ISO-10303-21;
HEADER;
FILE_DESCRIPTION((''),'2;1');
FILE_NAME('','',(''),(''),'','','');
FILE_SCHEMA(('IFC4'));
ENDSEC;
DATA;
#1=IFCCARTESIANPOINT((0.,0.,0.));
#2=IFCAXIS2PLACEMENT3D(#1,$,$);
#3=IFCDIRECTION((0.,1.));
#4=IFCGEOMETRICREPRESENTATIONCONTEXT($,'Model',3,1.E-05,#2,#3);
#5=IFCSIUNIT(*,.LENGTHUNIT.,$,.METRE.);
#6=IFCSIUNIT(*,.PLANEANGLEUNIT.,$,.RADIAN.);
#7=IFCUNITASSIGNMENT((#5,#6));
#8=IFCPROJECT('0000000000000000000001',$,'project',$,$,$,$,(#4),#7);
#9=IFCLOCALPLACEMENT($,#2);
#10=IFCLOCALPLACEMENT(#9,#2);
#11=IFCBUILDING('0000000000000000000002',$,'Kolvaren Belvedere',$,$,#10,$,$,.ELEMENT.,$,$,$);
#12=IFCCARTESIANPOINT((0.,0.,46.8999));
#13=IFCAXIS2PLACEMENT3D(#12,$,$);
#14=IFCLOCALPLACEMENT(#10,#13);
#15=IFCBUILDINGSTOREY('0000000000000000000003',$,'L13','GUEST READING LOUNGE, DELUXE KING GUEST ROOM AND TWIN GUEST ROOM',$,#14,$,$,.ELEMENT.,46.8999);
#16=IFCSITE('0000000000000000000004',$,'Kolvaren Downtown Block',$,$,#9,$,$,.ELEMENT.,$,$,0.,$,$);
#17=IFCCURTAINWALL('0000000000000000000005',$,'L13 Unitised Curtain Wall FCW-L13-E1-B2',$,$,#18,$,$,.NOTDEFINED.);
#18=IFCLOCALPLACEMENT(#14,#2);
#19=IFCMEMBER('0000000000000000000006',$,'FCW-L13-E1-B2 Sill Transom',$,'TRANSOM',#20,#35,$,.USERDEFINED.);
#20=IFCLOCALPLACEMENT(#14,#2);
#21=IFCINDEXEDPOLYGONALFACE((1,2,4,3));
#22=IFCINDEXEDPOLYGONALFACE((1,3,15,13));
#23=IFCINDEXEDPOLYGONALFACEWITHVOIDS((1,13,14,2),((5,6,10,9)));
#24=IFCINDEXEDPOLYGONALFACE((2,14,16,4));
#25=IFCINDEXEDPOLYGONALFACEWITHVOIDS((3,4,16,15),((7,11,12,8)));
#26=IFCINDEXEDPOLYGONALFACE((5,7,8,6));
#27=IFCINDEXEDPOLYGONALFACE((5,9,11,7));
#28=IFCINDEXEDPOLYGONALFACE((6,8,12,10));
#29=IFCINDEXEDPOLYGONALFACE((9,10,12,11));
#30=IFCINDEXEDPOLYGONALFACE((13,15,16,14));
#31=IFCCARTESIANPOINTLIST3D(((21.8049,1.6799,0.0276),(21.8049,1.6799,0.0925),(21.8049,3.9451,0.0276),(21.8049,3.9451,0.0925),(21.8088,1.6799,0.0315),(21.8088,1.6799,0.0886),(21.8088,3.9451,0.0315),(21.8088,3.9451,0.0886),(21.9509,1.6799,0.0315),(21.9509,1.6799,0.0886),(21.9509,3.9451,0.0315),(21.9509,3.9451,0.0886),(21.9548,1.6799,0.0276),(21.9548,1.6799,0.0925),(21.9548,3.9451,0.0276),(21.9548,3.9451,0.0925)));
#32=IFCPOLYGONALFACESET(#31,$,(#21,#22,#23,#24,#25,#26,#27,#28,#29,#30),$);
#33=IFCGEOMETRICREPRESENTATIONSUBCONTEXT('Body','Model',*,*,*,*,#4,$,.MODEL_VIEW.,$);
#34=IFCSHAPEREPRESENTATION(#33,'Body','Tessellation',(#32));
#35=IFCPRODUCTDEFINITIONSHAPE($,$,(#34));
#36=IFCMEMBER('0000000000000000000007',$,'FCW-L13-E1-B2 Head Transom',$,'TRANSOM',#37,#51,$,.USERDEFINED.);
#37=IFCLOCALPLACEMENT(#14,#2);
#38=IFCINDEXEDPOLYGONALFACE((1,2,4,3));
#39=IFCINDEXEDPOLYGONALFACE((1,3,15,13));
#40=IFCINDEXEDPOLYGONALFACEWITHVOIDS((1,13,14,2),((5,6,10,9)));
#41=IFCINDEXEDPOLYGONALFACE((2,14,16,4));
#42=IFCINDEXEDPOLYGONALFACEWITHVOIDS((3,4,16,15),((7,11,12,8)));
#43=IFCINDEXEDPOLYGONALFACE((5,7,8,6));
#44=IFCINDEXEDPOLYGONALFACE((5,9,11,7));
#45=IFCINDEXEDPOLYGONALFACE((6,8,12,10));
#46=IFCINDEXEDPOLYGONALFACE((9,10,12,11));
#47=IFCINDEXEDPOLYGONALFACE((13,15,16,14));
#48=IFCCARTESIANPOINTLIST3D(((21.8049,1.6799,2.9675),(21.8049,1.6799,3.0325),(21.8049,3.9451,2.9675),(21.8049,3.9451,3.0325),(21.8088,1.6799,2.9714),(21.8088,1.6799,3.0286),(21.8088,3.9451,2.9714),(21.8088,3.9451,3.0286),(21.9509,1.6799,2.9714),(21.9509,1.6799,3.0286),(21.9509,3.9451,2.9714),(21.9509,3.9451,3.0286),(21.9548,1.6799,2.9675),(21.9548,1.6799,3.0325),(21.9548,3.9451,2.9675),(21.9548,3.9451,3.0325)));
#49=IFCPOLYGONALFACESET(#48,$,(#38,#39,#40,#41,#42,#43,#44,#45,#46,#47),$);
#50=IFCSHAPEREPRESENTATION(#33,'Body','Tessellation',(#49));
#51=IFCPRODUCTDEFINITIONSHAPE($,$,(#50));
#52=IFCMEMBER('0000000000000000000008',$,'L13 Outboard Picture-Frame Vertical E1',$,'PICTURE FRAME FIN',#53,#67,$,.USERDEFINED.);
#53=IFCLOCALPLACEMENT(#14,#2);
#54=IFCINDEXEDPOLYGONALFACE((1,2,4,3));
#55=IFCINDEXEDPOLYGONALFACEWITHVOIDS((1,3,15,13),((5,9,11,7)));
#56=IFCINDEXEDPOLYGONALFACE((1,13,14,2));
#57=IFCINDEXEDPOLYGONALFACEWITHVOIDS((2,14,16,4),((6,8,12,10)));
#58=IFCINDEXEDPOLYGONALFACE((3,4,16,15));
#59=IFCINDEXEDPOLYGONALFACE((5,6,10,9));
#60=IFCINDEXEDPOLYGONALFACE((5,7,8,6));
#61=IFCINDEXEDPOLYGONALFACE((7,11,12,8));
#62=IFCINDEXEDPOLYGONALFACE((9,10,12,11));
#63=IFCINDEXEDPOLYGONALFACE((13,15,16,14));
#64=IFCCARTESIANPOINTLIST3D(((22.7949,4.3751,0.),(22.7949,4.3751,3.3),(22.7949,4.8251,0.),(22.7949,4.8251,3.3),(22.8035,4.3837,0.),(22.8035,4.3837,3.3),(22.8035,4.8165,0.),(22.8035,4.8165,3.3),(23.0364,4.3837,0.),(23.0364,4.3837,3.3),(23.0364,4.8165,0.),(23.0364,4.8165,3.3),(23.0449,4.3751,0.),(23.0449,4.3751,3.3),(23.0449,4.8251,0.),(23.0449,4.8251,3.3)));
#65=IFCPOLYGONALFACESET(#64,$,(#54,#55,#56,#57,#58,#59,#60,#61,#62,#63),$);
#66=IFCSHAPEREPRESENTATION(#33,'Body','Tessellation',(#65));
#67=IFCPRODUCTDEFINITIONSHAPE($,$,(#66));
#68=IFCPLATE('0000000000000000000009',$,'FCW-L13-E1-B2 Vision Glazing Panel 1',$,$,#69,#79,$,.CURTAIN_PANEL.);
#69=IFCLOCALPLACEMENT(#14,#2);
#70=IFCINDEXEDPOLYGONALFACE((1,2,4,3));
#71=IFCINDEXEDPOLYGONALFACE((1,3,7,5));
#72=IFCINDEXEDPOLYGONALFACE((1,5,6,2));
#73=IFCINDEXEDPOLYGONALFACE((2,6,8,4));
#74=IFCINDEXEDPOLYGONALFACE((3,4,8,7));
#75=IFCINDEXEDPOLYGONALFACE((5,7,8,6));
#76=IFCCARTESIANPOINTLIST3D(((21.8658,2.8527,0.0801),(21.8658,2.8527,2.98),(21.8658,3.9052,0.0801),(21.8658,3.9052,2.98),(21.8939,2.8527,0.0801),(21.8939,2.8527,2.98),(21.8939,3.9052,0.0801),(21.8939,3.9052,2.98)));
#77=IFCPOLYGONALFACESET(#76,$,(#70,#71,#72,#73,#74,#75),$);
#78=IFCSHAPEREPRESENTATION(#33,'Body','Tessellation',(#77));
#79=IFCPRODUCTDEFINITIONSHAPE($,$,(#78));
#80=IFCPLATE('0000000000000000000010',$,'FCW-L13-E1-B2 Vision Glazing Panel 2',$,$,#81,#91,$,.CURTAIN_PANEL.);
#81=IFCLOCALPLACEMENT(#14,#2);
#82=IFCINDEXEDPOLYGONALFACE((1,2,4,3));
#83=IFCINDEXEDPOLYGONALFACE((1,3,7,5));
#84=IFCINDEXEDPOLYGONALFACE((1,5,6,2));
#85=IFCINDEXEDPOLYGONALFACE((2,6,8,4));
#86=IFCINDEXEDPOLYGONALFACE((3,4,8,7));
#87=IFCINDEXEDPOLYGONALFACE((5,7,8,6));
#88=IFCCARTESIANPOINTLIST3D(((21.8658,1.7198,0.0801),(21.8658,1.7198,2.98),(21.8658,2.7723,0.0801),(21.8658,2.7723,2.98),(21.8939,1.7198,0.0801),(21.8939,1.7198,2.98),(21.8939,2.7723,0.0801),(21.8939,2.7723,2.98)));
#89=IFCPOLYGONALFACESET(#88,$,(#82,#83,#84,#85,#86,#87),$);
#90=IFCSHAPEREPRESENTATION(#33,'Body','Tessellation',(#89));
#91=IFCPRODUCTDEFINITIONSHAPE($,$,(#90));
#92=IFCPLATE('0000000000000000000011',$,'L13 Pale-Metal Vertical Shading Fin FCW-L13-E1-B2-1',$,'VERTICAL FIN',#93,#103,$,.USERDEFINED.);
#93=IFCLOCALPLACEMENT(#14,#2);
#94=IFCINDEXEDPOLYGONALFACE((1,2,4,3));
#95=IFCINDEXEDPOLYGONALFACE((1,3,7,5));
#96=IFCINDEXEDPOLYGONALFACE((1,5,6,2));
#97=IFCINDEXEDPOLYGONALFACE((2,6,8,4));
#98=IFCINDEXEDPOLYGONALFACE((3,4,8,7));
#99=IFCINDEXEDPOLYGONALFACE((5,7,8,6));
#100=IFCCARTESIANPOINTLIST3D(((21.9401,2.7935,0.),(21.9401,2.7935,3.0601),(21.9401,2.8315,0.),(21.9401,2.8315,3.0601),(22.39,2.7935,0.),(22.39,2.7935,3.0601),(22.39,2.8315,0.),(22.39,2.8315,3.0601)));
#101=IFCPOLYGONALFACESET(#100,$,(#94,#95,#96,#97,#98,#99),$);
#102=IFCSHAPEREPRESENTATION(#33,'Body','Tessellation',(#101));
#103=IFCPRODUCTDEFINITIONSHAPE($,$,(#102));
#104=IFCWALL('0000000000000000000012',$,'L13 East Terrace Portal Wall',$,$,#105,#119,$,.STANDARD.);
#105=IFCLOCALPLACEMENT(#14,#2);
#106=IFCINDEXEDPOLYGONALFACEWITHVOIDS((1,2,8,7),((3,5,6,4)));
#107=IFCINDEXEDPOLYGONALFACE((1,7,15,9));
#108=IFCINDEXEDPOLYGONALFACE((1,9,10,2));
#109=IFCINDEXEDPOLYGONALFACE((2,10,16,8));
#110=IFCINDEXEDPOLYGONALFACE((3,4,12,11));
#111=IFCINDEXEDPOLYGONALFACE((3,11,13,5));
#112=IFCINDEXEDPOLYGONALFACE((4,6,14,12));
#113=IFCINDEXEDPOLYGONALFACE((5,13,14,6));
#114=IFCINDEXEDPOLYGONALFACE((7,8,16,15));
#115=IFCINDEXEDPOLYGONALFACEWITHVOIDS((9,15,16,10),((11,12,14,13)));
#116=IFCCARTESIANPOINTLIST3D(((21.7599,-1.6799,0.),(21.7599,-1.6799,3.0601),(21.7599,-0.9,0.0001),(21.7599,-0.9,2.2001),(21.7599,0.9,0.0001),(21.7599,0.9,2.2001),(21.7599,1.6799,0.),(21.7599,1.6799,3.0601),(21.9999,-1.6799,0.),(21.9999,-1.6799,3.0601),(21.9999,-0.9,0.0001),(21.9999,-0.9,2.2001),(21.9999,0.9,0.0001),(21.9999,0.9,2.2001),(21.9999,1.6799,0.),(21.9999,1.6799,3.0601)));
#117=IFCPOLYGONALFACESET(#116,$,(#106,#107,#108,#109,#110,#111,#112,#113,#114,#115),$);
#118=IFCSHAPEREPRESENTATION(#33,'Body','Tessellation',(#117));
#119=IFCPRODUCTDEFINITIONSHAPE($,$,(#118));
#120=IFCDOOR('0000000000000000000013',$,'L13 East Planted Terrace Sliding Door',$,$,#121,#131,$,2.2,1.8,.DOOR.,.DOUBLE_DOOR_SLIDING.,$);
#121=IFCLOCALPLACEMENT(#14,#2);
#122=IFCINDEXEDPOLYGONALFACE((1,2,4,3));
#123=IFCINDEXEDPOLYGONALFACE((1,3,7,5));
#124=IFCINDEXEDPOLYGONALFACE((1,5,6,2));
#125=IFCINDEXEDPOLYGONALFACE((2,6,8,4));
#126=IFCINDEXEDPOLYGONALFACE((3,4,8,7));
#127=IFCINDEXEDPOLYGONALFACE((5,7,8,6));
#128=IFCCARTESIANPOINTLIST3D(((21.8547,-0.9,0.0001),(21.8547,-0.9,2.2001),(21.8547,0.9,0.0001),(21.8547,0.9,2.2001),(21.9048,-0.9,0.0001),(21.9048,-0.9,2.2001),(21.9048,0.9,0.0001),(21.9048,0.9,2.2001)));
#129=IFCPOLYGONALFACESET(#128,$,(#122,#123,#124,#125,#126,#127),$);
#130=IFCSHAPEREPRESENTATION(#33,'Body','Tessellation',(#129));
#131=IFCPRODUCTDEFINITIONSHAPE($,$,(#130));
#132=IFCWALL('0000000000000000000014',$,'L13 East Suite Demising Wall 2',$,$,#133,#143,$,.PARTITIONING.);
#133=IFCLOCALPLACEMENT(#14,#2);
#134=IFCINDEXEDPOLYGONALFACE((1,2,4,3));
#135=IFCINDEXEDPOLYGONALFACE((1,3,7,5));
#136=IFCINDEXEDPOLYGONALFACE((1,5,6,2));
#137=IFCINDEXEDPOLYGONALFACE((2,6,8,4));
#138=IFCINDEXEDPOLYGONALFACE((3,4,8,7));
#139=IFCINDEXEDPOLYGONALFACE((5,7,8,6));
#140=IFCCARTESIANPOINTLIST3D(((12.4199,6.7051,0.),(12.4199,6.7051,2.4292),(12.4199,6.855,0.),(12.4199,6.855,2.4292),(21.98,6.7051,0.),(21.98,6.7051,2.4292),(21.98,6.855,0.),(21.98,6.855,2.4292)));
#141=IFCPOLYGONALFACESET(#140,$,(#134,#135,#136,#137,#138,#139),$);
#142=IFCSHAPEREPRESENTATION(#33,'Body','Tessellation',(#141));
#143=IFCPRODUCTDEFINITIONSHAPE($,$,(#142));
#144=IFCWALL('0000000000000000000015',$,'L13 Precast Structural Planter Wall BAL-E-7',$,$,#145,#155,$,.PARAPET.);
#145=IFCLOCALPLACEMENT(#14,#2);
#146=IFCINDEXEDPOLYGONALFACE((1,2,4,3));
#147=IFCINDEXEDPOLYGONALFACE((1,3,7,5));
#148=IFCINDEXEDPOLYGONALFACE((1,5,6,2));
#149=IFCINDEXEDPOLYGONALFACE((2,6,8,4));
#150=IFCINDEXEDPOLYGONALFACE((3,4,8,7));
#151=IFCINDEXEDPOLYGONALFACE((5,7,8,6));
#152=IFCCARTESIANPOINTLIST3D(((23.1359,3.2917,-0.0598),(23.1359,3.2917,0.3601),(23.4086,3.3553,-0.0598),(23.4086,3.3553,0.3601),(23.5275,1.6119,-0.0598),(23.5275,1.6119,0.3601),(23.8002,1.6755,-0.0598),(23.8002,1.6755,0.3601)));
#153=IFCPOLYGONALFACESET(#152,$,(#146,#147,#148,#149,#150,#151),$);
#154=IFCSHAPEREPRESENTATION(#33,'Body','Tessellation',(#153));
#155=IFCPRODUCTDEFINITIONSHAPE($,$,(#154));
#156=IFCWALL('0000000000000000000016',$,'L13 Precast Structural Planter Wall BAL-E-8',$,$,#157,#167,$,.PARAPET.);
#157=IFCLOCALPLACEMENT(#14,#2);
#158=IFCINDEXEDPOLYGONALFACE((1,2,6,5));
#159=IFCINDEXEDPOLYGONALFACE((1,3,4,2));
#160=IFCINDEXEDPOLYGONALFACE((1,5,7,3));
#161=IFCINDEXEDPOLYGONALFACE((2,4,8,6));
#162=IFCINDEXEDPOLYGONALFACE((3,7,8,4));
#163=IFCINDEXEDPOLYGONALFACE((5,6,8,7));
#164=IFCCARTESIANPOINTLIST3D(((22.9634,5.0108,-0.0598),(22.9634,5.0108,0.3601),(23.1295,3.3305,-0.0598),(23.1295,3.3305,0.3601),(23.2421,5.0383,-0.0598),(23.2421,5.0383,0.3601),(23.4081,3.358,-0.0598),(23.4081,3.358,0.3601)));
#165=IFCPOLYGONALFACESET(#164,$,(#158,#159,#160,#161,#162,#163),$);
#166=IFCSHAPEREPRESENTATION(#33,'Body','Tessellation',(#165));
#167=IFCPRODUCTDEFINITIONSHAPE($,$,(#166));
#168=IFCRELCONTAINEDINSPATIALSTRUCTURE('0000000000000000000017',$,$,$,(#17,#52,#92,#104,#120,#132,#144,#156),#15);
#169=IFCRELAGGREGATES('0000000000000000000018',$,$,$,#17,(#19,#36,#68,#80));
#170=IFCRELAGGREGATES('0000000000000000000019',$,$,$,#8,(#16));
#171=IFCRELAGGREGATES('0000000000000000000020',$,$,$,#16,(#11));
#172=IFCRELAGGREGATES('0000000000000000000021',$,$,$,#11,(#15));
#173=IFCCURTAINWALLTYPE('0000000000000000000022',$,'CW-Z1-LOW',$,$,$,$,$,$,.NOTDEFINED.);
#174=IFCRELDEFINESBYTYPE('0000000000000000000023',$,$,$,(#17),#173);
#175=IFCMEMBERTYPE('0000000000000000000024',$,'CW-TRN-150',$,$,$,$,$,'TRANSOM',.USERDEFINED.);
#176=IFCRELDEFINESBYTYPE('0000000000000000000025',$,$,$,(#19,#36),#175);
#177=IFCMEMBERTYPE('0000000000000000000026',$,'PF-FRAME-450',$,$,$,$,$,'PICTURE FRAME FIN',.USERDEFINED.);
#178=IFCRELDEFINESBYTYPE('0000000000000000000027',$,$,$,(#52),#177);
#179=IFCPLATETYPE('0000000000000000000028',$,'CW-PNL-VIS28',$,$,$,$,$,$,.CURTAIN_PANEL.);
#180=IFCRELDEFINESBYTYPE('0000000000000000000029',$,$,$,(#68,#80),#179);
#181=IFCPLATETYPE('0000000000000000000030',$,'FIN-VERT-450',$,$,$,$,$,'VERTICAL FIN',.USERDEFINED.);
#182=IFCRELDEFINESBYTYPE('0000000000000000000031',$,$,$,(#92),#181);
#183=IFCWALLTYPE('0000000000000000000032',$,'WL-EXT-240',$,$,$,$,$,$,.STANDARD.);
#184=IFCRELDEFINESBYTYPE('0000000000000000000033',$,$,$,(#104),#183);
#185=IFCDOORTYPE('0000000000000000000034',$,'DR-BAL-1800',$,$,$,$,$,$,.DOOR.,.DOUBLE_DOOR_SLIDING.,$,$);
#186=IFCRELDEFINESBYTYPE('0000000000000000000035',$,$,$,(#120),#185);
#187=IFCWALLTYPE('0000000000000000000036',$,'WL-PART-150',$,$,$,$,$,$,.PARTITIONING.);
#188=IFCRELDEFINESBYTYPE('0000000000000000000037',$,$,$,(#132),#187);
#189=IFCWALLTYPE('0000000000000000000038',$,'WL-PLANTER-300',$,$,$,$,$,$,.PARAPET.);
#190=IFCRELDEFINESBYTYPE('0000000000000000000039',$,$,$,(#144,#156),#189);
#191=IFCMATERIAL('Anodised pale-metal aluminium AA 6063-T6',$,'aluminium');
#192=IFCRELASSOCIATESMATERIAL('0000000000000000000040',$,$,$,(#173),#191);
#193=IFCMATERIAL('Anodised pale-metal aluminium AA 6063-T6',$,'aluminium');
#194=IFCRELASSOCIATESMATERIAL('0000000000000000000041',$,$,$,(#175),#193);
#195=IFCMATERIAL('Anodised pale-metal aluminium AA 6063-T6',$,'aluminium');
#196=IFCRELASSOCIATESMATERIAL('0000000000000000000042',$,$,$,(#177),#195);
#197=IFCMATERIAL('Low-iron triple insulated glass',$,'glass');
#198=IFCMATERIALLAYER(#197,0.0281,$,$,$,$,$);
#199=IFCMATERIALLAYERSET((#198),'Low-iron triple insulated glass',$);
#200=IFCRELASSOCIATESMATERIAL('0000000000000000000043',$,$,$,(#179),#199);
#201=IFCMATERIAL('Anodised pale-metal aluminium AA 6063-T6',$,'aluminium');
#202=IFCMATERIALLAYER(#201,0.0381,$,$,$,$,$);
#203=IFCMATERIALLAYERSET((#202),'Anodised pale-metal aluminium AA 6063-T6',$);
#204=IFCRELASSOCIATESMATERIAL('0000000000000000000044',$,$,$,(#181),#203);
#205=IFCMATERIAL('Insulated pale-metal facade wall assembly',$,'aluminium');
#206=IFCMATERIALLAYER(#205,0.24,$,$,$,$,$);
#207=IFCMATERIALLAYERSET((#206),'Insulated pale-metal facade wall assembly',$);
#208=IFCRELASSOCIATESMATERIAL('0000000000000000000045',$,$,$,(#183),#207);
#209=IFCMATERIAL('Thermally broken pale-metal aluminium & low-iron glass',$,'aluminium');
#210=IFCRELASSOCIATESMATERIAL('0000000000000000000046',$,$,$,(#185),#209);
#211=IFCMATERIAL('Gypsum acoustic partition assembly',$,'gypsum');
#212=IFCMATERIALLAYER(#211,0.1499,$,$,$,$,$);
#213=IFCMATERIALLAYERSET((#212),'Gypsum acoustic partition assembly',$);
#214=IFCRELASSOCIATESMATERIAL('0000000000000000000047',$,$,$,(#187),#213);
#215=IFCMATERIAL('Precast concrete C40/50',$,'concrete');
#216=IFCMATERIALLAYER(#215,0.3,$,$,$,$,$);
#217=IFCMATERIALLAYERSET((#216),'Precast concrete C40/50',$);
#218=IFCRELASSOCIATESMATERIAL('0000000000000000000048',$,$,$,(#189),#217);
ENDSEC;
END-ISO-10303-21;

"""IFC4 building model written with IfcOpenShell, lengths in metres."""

from ifc_helpers import new_model, si_unit, direction, frame, frame_2d, origin, origin_2d, place, context, subcontext, project, spatial, rectangle, hollow_rectangle, extrude, material, layer, layer_set, material_profile, profile_set, type_object, element, fill, aggregate, save


model = new_model("IFC4")

# Units and contexts
model_context = context("Model", 3, precision=1e-05, world=origin(), true_north=direction((0.0, 1.0)))
body_context = subcontext(model_context, "Body", "Model", "MODEL_VIEW")
ifc_project = project(units=[si_unit("LENGTHUNIT", "METRE"), si_unit("PLANEANGLEUNIT", "RADIAN")], contexts=[model_context])

# Site, building, storey
site_placement = place(None, origin())
site = spatial("IfcSite", under=ifc_project, at=site_placement, Name="Kolvaren Downtown Block", CompositionType="ELEMENT", RefElevation=0.0)
building_placement = place(site_placement, origin())
building = spatial("IfcBuilding", under=site, at=building_placement, Name="Kolvaren Belvedere", CompositionType="ELEMENT")
storey_placement = place(building_placement, frame((0.0, 0.0, 46.8999)))
storey = spatial("IfcBuildingStorey", under=building, at=storey_placement, Name="L13", Description="GUEST READING LOUNGE, DELUXE KING GUEST ROOM AND TWIN GUEST ROOM", CompositionType="ELEMENT", Elevation=46.8999)

# Shared definitions
ifc_material_1 = material(Name="Anodised pale-metal aluminium AA 6063-T6", Category="aluminium")
curtain_wall_type = type_object("IfcCurtainWallType", Name="CW-Z1-LOW", PredefinedType="NOTDEFINED", material=ifc_material_1)

# Curtain wall, members
curtain_wall_1_placement = place(storey_placement, origin())
curtain_wall_1 = element("IfcCurtainWall", 1, at=curtain_wall_1_placement, inside=storey, type_object=curtain_wall_type, Name="L13 Unitised Curtain Wall FCW-L13-E1-B2", PredefinedType="NOTDEFINED")
ifc_material_2 = material(Name="Anodised pale-metal aluminium AA 6063-T6", Category="aluminium")
ifc_material_profile_1 = material_profile(ifc_material_2, hollow_rectangle(XDim=0.0649, YDim=0.1499, WallThickness=0.0039, at=origin_2d()), Name="ALU-TRN-150X65")
ifc_profile_set_1 = profile_set([ifc_material_profile_1], Name="Anodised pale-metal aluminium AA 6063-T6")
member_type_1 = type_object("IfcMemberType", Name="CW-TRN-150", ElementType="TRANSOM", PredefinedType="USERDEFINED", material=ifc_profile_set_1)
member_1_placement = place(storey_placement, frame((21.8799, 3.9451, 0.0601), z_axis=(0.0, -1.0, 0.0), x_axis=(0.0, 0.0, 1.0)))
member_1 = element("IfcMember", 2, at=member_1_placement, type_object=member_type_1, Name="FCW-L13-E1-B2 Sill Transom", ObjectType="TRANSOM", PredefinedType="USERDEFINED", context=body_context, shape_type="SweptSolid", body=[
    extrude(hollow_rectangle(XDim=0.0649, YDim=0.1499, WallThickness=0.0039, at=origin_2d()), origin(), (0.0, 0.0, 1.0), 2.2651),
])
member_2_placement = place(storey_placement, frame((21.8799, 3.9451, 3.0), z_axis=(0.0, -1.0, 0.0), x_axis=(0.0, 0.0, 1.0)))
member_2 = element("IfcMember", 3, at=member_2_placement, type_object=member_type_1, Name="FCW-L13-E1-B2 Head Transom", ObjectType="TRANSOM", PredefinedType="USERDEFINED", context=body_context, shape_type="SweptSolid", body=[
    extrude(hollow_rectangle(XDim=0.0649, YDim=0.1499, WallThickness=0.0039, at=origin_2d()), origin(), (0.0, 0.0, 1.0), 2.2651),
])

# Member
ifc_material_3 = material(Name="Anodised pale-metal aluminium AA 6063-T6", Category="aluminium")
ifc_material_profile_2 = material_profile(ifc_material_3, hollow_rectangle(XDim=0.25, YDim=0.45, WallThickness=0.0085, at=origin_2d()), Name="ALU-PF-450X250")
ifc_profile_set_2 = profile_set([ifc_material_profile_2], Name="Anodised pale-metal aluminium AA 6063-T6")
member_type_2 = type_object("IfcMemberType", Name="PF-FRAME-450", ElementType="PICTURE FRAME FIN", PredefinedType="USERDEFINED", material=ifc_profile_set_2)
member_3_placement = place(storey_placement, frame((22.9199, 4.6001, 0.0), z_axis=(0.0, 0.0, 1.0), x_axis=(1.0, 0.0, 0.0)))
element("IfcMember", 4, at=member_3_placement, inside=storey, type_object=member_type_2, Name="L13 Outboard Picture-Frame Vertical E1", ObjectType="PICTURE FRAME FIN", PredefinedType="USERDEFINED", context=body_context, shape_type="SweptSolid", body=[
    extrude(hollow_rectangle(XDim=0.25, YDim=0.45, WallThickness=0.0085, at=origin_2d()), origin(), (0.0, 0.0, 1.0), 3.3),
])

# Plates
ifc_material_4 = material(Name="Low-iron triple insulated glass", Category="glass")
ifc_layer_1 = layer(ifc_material_4, 0.0281)
ifc_layer_set_1 = layer_set([ifc_layer_1], Name="Low-iron triple insulated glass")
plate_type_1 = type_object("IfcPlateType", Name="CW-PNL-VIS28", PredefinedType="CURTAIN_PANEL", material=ifc_layer_set_1)
plate_1_placement = place(storey_placement, frame((21.8799, 3.3789, 0.0801), z_axis=(0.0, 0.0, 1.0), x_axis=(0.0, -1.0, 0.0)))
plate_1 = element("IfcPlate", 5, at=plate_1_placement, type_object=plate_type_1, Name="FCW-L13-E1-B2 Vision Glazing Panel 1", PredefinedType="CURTAIN_PANEL", context=body_context, shape_type="SweptSolid", body=[
    extrude(rectangle(XDim=1.0525, YDim=0.0281, at=origin_2d()), origin(), (0.0, 0.0, 1.0), 2.8999),
])
plate_2_placement = place(storey_placement, frame((21.8799, 2.2461, 0.0801), z_axis=(0.0, 0.0, 1.0), x_axis=(0.0, -1.0, 0.0)))
plate_2 = element("IfcPlate", 6, at=plate_2_placement, type_object=plate_type_1, Name="FCW-L13-E1-B2 Vision Glazing Panel 2", PredefinedType="CURTAIN_PANEL", context=body_context, shape_type="SweptSolid", body=[
    extrude(rectangle(XDim=1.0525, YDim=0.0281, at=origin_2d()), origin(), (0.0, 0.0, 1.0), 2.8999),
])
aggregate(curtain_wall_1, [member_1, member_2, plate_1, plate_2])
ifc_material_5 = material(Name="Anodised pale-metal aluminium AA 6063-T6", Category="aluminium")
ifc_layer_2 = layer(ifc_material_5, 0.0381)
ifc_layer_set_2 = layer_set([ifc_layer_2], Name="Anodised pale-metal aluminium AA 6063-T6")
plate_type_2 = type_object("IfcPlateType", Name="FIN-VERT-450", ElementType="VERTICAL FIN", PredefinedType="USERDEFINED", material=ifc_layer_set_2)
plate_3_placement = place(storey_placement, frame((22.165, 2.8125, 0.0), z_axis=(0.0, 0.0, 1.0), x_axis=(1.0, 0.0, 0.0)))
element("IfcPlate", 7, at=plate_3_placement, inside=storey, type_object=plate_type_2, Name="L13 Pale-Metal Vertical Shading Fin FCW-L13-E1-B2-1", ObjectType="VERTICAL FIN", PredefinedType="USERDEFINED", context=body_context, shape_type="SweptSolid", body=[
    extrude(rectangle(XDim=0.45, YDim=0.0381, at=origin_2d()), origin(), (0.0, 0.0, 1.0), 3.0601),
])

# Wall, opening, door
ifc_material_6 = material(Name="Insulated pale-metal facade wall assembly", Category="aluminium")
ifc_layer_3 = layer(ifc_material_6, 0.24)
ifc_layer_set_3 = layer_set([ifc_layer_3], Name="Insulated pale-metal facade wall assembly")
wall_type_1 = type_object("IfcWallType", Name="WL-EXT-240", PredefinedType="STANDARD", material=ifc_layer_set_3)
wall_1_placement = place(storey_placement, frame((21.8799, 1.6799, 0.0), z_axis=(0.0, 0.0, 1.0), x_axis=(0.0, -1.0, 0.0)))
wall_1 = element("IfcWall", 8, at=wall_1_placement, inside=storey, type_object=wall_type_1, Name="L13 East Terrace Portal Wall", PredefinedType="STANDARD", context=body_context, shape_type="SweptSolid", body=[
    extrude(rectangle(XDim=3.3599, YDim=0.24, at=frame_2d((1.6799, 0.0))), origin(), (0.0, 0.0, 1.0), 3.0601),
])
opening_placement = place(wall_1_placement, frame((0.78, 0.0, 0.0)))
opening = element("IfcOpeningElement", 9, at=opening_placement, cuts=wall_1, PredefinedType="OPENING", context=body_context, shape_type="SweptSolid", body=[
    extrude(rectangle(XDim=1.8, YDim=2.2, at=frame_2d((0.8999, 1.1001))), frame((0.0, 0.1299, 0.0), z_axis=(0.0, -1.0, 0.0), x_axis=(1.0, 0.0, 0.0)), (0.0, 0.0, 1.0), 0.26),
])
ifc_material_7 = material(Name="Thermally broken pale-metal aluminium & low-iron glass", Category="aluminium")
door_type = type_object("IfcDoorType", Name="DR-BAL-1800", OperationType="DOUBLE_DOOR_SLIDING", PredefinedType="DOOR", material=ifc_material_7)
door_placement = place(opening_placement, origin())
door = element("IfcDoor", 10, at=door_placement, inside=storey, type_object=door_type, Name="L13 East Planted Terrace Sliding Door", OperationType="DOUBLE_DOOR_SLIDING", OverallHeight=2.2, OverallWidth=1.8, PredefinedType="DOOR", context=body_context, shape_type="SweptSolid", body=[
    extrude(rectangle(XDim=1.8, YDim=2.2, at=frame_2d((0.8999, 1.1001))), frame((0.0, 0.0249, 0.0), z_axis=(0.0, -1.0, 0.0), x_axis=(1.0, 0.0, 0.0)), (0.0, 0.0, 1.0), 0.05),
])
fill(opening, door)

# Walls
ifc_material_8 = material(Name="Gypsum acoustic partition assembly", Category="gypsum")
ifc_layer_4 = layer(ifc_material_8, 0.1499)
ifc_layer_set_4 = layer_set([ifc_layer_4], Name="Gypsum acoustic partition assembly")
wall_type_2 = type_object("IfcWallType", Name="WL-PART-150", PredefinedType="PARTITIONING", material=ifc_layer_set_4)
wall_2_placement = place(storey_placement, frame((12.4199, 6.78, 0.0), z_axis=(0.0, 0.0, 1.0), x_axis=(1.0, 0.0, 0.0)))
element("IfcWall", 11, at=wall_2_placement, inside=storey, type_object=wall_type_2, Name="L13 East Suite Demising Wall 2", PredefinedType="PARTITIONING", context=body_context, shape_type="SweptSolid", body=[
    extrude(rectangle(XDim=9.5601, YDim=0.1499, at=frame_2d((4.78, 0.0))), origin(), (0.0, 0.0, 1.0), 2.4292),
])
ifc_material_9 = material(Name="Precast concrete C40/50", Category="concrete")
ifc_layer_5 = layer(ifc_material_9, 0.3)
ifc_layer_set_5 = layer_set([ifc_layer_5], Name="Precast concrete C40/50")
wall_type_3 = type_object("IfcWallType", Name="WL-PLANTER-300", PredefinedType="PARAPET", material=ifc_layer_set_5)
wall_3_placement = place(storey_placement, frame((23.6638, 1.6438, -0.0598), z_axis=(0.0, 0.0, 1.0), x_axis=(-0.227019, 0.97389, 0.0)))
element("IfcWall", 12, at=wall_3_placement, inside=storey, type_object=wall_type_3, Name="L13 Precast Structural Planter Wall BAL-E-7", PredefinedType="PARAPET", context=body_context, shape_type="SweptSolid", body=[
    extrude(rectangle(XDim=1.7249, YDim=0.28, at=frame_2d((0.8623, 0.0))), origin(), (0.0, 0.0, 1.0), 0.4199),
])
wall_4_placement = place(storey_placement, frame((23.2688, 3.3442, -0.0598), z_axis=(0.0, 0.0, 1.0), x_axis=(-0.09833, 0.995154, 0.0)))
element("IfcWall", 13, at=wall_4_placement, inside=storey, type_object=wall_type_3, Name="L13 Precast Structural Planter Wall BAL-E-8", PredefinedType="PARAPET", context=body_context, shape_type="SweptSolid", body=[
    extrude(rectangle(XDim=1.6885, YDim=0.28, at=frame_2d((0.8442, 0.0))), origin(), (0.0, 0.0, 1.0), 0.4199),
])

save(model, "model.ifc")
